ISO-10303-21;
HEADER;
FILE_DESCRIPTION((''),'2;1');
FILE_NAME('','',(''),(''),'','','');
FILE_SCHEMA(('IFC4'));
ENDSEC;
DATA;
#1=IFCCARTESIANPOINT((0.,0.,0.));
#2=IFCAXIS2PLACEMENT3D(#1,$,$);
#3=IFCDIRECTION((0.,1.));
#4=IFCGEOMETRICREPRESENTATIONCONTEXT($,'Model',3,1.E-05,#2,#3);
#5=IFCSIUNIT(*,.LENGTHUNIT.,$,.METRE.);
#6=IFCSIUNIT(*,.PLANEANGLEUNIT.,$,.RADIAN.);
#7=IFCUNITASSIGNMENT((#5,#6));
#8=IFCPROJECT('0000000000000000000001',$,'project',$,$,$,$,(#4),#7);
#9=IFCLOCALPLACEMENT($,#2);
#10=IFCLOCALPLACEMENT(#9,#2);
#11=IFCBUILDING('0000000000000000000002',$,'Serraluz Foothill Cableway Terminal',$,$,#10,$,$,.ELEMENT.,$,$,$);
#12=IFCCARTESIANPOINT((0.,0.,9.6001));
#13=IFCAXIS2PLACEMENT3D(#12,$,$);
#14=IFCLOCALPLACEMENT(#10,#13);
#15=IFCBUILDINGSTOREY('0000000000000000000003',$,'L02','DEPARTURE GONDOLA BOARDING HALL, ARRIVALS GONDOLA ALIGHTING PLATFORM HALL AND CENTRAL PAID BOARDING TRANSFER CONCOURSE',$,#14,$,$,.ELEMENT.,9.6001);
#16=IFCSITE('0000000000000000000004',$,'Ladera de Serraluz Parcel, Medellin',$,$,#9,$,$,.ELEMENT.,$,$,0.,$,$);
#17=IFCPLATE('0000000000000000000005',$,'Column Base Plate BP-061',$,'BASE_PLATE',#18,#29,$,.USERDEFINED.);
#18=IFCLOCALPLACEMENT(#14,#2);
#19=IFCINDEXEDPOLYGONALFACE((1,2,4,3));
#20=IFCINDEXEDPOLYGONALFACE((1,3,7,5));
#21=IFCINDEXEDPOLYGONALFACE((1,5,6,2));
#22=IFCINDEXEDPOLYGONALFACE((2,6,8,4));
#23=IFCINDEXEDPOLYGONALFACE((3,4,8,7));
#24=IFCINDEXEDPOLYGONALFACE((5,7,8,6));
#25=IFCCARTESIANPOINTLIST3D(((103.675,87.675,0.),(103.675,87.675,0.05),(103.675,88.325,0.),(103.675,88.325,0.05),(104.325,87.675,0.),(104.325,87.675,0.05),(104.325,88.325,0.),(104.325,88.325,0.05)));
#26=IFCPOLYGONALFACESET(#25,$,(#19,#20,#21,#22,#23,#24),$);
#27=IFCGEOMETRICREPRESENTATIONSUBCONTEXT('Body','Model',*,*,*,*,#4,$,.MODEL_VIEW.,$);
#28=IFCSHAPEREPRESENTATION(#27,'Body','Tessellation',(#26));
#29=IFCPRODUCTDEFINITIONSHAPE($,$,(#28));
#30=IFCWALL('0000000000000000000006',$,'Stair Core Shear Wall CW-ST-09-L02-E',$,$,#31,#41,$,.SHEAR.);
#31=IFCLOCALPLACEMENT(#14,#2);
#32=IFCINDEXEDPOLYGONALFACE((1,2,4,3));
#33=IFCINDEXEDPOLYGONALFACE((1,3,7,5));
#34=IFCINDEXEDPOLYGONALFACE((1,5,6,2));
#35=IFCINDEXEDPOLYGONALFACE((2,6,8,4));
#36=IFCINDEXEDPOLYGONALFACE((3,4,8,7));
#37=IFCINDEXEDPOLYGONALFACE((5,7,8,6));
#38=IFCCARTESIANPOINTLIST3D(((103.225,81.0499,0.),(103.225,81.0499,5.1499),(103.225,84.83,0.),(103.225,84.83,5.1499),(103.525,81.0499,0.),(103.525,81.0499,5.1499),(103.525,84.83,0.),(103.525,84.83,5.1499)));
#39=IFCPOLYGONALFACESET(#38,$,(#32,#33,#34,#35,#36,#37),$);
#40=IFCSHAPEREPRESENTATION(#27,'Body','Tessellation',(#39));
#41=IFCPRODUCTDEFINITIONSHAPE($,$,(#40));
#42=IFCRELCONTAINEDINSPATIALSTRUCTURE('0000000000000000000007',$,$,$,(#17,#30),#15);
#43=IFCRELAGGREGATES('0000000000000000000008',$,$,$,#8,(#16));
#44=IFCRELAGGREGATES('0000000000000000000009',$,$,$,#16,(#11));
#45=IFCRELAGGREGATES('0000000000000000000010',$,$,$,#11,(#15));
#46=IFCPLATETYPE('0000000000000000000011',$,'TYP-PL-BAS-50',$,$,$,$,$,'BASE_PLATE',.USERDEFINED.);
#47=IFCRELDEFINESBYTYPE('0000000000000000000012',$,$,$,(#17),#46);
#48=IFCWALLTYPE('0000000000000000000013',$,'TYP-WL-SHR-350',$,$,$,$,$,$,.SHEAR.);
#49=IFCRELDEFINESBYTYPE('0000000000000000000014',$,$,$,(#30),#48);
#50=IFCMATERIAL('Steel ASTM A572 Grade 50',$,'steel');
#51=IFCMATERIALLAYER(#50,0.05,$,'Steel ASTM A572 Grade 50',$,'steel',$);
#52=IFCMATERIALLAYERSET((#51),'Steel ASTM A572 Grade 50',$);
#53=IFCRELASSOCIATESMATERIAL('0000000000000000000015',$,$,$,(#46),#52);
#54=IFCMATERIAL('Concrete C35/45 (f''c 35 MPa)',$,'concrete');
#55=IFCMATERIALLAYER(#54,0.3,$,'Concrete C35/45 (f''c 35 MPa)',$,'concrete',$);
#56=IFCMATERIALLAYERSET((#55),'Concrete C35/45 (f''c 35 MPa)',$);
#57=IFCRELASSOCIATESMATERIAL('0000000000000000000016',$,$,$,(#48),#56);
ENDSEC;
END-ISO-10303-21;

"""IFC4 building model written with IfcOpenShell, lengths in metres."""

from ifc_helpers import new_model, si_unit, direction, frame, frame_2d, origin, origin_2d, place, context, subcontext, project, spatial, rectangle, extrude, material, layer, layer_set, type_object, element, save


model = new_model("IFC4")

# Units and contexts
model_context = context("Model", 3, precision=1e-05, world=origin(), true_north=direction((0.0, 1.0)))
body_context = subcontext(model_context, "Body", "Model", "MODEL_VIEW")
ifc_project = project(units=[si_unit("LENGTHUNIT", "METRE"), si_unit("PLANEANGLEUNIT", "RADIAN")], contexts=[model_context])

# Site, building, storey
site_placement = place(None, origin())
site = spatial("IfcSite", under=ifc_project, at=site_placement, Name="Ladera de Serraluz Parcel, Medellin", CompositionType="ELEMENT", RefElevation=0.0)
building_placement = place(site_placement, origin())
building = spatial("IfcBuilding", under=site, at=building_placement, Name="Serraluz Foothill Cableway Terminal", CompositionType="ELEMENT")
storey_placement = place(building_placement, frame((0.0, 0.0, 9.6001)))
storey = spatial("IfcBuildingStorey", under=building, at=storey_placement, Name="L02", Description="DEPARTURE GONDOLA BOARDING HALL, ARRIVALS GONDOLA ALIGHTING PLATFORM HALL AND CENTRAL PAID BOARDING TRANSFER CONCOURSE", CompositionType="ELEMENT", Elevation=9.6001)

# Plate
ifc_material_1 = material(Name="Steel ASTM A572 Grade 50", Category="steel")
ifc_layer_1 = layer(ifc_material_1, 0.05, Name="Steel ASTM A572 Grade 50", Category="steel")
ifc_layer_set_1 = layer_set([ifc_layer_1], Name="Steel ASTM A572 Grade 50")
plate_type_1 = type_object("IfcPlateType", Name="TYP-PL-BAS-50", ElementType="BASE_PLATE", PredefinedType="USERDEFINED", material=ifc_layer_set_1)
plate_1_placement = place(storey_placement, frame((104.0, 88.0, 0.0), z_axis=(0.0, 0.0, 1.0), x_axis=(1.0, 0.0, 0.0)))
element("IfcPlate", 1, at=plate_1_placement, inside=storey, type_object=plate_type_1, Name="Column Base Plate BP-061", ObjectType="BASE_PLATE", PredefinedType="USERDEFINED", context=body_context, shape_type="SweptSolid", body=[
    extrude(rectangle(XDim=0.6499, YDim=0.6499, at=origin_2d()), origin(), (0.0, 0.0, 1.0), 0.05),
])

# Wall
ifc_material_2 = material(Name="Concrete C35/45 (f'c 35 MPa)", Category="concrete")
ifc_layer_2 = layer(ifc_material_2, 0.3, Name="Concrete C35/45 (f'c 35 MPa)", Category="concrete")
ifc_layer_set_2 = layer_set([ifc_layer_2], Name="Concrete C35/45 (f'c 35 MPa)")
wall_type = type_object("IfcWallType", Name="TYP-WL-SHR-350", PredefinedType="SHEAR", material=ifc_layer_set_2)
wall_placement = place(storey_placement, frame((103.375, 84.8301, 0.0), z_axis=(0.0, 0.0, 1.0), x_axis=(0.0, -1.0, 0.0)))
element("IfcWall", 2, at=wall_placement, inside=storey, type_object=wall_type, Name="Stair Core Shear Wall CW-ST-09-L02-E", PredefinedType="SHEAR", context=body_context, shape_type="SweptSolid", body=[
    extrude(rectangle(XDim=3.78, YDim=0.3, at=frame_2d((1.8901, 0.0))), origin(), (0.0, 0.0, 1.0), 5.1499),
])

save(model, "model.ifc")
